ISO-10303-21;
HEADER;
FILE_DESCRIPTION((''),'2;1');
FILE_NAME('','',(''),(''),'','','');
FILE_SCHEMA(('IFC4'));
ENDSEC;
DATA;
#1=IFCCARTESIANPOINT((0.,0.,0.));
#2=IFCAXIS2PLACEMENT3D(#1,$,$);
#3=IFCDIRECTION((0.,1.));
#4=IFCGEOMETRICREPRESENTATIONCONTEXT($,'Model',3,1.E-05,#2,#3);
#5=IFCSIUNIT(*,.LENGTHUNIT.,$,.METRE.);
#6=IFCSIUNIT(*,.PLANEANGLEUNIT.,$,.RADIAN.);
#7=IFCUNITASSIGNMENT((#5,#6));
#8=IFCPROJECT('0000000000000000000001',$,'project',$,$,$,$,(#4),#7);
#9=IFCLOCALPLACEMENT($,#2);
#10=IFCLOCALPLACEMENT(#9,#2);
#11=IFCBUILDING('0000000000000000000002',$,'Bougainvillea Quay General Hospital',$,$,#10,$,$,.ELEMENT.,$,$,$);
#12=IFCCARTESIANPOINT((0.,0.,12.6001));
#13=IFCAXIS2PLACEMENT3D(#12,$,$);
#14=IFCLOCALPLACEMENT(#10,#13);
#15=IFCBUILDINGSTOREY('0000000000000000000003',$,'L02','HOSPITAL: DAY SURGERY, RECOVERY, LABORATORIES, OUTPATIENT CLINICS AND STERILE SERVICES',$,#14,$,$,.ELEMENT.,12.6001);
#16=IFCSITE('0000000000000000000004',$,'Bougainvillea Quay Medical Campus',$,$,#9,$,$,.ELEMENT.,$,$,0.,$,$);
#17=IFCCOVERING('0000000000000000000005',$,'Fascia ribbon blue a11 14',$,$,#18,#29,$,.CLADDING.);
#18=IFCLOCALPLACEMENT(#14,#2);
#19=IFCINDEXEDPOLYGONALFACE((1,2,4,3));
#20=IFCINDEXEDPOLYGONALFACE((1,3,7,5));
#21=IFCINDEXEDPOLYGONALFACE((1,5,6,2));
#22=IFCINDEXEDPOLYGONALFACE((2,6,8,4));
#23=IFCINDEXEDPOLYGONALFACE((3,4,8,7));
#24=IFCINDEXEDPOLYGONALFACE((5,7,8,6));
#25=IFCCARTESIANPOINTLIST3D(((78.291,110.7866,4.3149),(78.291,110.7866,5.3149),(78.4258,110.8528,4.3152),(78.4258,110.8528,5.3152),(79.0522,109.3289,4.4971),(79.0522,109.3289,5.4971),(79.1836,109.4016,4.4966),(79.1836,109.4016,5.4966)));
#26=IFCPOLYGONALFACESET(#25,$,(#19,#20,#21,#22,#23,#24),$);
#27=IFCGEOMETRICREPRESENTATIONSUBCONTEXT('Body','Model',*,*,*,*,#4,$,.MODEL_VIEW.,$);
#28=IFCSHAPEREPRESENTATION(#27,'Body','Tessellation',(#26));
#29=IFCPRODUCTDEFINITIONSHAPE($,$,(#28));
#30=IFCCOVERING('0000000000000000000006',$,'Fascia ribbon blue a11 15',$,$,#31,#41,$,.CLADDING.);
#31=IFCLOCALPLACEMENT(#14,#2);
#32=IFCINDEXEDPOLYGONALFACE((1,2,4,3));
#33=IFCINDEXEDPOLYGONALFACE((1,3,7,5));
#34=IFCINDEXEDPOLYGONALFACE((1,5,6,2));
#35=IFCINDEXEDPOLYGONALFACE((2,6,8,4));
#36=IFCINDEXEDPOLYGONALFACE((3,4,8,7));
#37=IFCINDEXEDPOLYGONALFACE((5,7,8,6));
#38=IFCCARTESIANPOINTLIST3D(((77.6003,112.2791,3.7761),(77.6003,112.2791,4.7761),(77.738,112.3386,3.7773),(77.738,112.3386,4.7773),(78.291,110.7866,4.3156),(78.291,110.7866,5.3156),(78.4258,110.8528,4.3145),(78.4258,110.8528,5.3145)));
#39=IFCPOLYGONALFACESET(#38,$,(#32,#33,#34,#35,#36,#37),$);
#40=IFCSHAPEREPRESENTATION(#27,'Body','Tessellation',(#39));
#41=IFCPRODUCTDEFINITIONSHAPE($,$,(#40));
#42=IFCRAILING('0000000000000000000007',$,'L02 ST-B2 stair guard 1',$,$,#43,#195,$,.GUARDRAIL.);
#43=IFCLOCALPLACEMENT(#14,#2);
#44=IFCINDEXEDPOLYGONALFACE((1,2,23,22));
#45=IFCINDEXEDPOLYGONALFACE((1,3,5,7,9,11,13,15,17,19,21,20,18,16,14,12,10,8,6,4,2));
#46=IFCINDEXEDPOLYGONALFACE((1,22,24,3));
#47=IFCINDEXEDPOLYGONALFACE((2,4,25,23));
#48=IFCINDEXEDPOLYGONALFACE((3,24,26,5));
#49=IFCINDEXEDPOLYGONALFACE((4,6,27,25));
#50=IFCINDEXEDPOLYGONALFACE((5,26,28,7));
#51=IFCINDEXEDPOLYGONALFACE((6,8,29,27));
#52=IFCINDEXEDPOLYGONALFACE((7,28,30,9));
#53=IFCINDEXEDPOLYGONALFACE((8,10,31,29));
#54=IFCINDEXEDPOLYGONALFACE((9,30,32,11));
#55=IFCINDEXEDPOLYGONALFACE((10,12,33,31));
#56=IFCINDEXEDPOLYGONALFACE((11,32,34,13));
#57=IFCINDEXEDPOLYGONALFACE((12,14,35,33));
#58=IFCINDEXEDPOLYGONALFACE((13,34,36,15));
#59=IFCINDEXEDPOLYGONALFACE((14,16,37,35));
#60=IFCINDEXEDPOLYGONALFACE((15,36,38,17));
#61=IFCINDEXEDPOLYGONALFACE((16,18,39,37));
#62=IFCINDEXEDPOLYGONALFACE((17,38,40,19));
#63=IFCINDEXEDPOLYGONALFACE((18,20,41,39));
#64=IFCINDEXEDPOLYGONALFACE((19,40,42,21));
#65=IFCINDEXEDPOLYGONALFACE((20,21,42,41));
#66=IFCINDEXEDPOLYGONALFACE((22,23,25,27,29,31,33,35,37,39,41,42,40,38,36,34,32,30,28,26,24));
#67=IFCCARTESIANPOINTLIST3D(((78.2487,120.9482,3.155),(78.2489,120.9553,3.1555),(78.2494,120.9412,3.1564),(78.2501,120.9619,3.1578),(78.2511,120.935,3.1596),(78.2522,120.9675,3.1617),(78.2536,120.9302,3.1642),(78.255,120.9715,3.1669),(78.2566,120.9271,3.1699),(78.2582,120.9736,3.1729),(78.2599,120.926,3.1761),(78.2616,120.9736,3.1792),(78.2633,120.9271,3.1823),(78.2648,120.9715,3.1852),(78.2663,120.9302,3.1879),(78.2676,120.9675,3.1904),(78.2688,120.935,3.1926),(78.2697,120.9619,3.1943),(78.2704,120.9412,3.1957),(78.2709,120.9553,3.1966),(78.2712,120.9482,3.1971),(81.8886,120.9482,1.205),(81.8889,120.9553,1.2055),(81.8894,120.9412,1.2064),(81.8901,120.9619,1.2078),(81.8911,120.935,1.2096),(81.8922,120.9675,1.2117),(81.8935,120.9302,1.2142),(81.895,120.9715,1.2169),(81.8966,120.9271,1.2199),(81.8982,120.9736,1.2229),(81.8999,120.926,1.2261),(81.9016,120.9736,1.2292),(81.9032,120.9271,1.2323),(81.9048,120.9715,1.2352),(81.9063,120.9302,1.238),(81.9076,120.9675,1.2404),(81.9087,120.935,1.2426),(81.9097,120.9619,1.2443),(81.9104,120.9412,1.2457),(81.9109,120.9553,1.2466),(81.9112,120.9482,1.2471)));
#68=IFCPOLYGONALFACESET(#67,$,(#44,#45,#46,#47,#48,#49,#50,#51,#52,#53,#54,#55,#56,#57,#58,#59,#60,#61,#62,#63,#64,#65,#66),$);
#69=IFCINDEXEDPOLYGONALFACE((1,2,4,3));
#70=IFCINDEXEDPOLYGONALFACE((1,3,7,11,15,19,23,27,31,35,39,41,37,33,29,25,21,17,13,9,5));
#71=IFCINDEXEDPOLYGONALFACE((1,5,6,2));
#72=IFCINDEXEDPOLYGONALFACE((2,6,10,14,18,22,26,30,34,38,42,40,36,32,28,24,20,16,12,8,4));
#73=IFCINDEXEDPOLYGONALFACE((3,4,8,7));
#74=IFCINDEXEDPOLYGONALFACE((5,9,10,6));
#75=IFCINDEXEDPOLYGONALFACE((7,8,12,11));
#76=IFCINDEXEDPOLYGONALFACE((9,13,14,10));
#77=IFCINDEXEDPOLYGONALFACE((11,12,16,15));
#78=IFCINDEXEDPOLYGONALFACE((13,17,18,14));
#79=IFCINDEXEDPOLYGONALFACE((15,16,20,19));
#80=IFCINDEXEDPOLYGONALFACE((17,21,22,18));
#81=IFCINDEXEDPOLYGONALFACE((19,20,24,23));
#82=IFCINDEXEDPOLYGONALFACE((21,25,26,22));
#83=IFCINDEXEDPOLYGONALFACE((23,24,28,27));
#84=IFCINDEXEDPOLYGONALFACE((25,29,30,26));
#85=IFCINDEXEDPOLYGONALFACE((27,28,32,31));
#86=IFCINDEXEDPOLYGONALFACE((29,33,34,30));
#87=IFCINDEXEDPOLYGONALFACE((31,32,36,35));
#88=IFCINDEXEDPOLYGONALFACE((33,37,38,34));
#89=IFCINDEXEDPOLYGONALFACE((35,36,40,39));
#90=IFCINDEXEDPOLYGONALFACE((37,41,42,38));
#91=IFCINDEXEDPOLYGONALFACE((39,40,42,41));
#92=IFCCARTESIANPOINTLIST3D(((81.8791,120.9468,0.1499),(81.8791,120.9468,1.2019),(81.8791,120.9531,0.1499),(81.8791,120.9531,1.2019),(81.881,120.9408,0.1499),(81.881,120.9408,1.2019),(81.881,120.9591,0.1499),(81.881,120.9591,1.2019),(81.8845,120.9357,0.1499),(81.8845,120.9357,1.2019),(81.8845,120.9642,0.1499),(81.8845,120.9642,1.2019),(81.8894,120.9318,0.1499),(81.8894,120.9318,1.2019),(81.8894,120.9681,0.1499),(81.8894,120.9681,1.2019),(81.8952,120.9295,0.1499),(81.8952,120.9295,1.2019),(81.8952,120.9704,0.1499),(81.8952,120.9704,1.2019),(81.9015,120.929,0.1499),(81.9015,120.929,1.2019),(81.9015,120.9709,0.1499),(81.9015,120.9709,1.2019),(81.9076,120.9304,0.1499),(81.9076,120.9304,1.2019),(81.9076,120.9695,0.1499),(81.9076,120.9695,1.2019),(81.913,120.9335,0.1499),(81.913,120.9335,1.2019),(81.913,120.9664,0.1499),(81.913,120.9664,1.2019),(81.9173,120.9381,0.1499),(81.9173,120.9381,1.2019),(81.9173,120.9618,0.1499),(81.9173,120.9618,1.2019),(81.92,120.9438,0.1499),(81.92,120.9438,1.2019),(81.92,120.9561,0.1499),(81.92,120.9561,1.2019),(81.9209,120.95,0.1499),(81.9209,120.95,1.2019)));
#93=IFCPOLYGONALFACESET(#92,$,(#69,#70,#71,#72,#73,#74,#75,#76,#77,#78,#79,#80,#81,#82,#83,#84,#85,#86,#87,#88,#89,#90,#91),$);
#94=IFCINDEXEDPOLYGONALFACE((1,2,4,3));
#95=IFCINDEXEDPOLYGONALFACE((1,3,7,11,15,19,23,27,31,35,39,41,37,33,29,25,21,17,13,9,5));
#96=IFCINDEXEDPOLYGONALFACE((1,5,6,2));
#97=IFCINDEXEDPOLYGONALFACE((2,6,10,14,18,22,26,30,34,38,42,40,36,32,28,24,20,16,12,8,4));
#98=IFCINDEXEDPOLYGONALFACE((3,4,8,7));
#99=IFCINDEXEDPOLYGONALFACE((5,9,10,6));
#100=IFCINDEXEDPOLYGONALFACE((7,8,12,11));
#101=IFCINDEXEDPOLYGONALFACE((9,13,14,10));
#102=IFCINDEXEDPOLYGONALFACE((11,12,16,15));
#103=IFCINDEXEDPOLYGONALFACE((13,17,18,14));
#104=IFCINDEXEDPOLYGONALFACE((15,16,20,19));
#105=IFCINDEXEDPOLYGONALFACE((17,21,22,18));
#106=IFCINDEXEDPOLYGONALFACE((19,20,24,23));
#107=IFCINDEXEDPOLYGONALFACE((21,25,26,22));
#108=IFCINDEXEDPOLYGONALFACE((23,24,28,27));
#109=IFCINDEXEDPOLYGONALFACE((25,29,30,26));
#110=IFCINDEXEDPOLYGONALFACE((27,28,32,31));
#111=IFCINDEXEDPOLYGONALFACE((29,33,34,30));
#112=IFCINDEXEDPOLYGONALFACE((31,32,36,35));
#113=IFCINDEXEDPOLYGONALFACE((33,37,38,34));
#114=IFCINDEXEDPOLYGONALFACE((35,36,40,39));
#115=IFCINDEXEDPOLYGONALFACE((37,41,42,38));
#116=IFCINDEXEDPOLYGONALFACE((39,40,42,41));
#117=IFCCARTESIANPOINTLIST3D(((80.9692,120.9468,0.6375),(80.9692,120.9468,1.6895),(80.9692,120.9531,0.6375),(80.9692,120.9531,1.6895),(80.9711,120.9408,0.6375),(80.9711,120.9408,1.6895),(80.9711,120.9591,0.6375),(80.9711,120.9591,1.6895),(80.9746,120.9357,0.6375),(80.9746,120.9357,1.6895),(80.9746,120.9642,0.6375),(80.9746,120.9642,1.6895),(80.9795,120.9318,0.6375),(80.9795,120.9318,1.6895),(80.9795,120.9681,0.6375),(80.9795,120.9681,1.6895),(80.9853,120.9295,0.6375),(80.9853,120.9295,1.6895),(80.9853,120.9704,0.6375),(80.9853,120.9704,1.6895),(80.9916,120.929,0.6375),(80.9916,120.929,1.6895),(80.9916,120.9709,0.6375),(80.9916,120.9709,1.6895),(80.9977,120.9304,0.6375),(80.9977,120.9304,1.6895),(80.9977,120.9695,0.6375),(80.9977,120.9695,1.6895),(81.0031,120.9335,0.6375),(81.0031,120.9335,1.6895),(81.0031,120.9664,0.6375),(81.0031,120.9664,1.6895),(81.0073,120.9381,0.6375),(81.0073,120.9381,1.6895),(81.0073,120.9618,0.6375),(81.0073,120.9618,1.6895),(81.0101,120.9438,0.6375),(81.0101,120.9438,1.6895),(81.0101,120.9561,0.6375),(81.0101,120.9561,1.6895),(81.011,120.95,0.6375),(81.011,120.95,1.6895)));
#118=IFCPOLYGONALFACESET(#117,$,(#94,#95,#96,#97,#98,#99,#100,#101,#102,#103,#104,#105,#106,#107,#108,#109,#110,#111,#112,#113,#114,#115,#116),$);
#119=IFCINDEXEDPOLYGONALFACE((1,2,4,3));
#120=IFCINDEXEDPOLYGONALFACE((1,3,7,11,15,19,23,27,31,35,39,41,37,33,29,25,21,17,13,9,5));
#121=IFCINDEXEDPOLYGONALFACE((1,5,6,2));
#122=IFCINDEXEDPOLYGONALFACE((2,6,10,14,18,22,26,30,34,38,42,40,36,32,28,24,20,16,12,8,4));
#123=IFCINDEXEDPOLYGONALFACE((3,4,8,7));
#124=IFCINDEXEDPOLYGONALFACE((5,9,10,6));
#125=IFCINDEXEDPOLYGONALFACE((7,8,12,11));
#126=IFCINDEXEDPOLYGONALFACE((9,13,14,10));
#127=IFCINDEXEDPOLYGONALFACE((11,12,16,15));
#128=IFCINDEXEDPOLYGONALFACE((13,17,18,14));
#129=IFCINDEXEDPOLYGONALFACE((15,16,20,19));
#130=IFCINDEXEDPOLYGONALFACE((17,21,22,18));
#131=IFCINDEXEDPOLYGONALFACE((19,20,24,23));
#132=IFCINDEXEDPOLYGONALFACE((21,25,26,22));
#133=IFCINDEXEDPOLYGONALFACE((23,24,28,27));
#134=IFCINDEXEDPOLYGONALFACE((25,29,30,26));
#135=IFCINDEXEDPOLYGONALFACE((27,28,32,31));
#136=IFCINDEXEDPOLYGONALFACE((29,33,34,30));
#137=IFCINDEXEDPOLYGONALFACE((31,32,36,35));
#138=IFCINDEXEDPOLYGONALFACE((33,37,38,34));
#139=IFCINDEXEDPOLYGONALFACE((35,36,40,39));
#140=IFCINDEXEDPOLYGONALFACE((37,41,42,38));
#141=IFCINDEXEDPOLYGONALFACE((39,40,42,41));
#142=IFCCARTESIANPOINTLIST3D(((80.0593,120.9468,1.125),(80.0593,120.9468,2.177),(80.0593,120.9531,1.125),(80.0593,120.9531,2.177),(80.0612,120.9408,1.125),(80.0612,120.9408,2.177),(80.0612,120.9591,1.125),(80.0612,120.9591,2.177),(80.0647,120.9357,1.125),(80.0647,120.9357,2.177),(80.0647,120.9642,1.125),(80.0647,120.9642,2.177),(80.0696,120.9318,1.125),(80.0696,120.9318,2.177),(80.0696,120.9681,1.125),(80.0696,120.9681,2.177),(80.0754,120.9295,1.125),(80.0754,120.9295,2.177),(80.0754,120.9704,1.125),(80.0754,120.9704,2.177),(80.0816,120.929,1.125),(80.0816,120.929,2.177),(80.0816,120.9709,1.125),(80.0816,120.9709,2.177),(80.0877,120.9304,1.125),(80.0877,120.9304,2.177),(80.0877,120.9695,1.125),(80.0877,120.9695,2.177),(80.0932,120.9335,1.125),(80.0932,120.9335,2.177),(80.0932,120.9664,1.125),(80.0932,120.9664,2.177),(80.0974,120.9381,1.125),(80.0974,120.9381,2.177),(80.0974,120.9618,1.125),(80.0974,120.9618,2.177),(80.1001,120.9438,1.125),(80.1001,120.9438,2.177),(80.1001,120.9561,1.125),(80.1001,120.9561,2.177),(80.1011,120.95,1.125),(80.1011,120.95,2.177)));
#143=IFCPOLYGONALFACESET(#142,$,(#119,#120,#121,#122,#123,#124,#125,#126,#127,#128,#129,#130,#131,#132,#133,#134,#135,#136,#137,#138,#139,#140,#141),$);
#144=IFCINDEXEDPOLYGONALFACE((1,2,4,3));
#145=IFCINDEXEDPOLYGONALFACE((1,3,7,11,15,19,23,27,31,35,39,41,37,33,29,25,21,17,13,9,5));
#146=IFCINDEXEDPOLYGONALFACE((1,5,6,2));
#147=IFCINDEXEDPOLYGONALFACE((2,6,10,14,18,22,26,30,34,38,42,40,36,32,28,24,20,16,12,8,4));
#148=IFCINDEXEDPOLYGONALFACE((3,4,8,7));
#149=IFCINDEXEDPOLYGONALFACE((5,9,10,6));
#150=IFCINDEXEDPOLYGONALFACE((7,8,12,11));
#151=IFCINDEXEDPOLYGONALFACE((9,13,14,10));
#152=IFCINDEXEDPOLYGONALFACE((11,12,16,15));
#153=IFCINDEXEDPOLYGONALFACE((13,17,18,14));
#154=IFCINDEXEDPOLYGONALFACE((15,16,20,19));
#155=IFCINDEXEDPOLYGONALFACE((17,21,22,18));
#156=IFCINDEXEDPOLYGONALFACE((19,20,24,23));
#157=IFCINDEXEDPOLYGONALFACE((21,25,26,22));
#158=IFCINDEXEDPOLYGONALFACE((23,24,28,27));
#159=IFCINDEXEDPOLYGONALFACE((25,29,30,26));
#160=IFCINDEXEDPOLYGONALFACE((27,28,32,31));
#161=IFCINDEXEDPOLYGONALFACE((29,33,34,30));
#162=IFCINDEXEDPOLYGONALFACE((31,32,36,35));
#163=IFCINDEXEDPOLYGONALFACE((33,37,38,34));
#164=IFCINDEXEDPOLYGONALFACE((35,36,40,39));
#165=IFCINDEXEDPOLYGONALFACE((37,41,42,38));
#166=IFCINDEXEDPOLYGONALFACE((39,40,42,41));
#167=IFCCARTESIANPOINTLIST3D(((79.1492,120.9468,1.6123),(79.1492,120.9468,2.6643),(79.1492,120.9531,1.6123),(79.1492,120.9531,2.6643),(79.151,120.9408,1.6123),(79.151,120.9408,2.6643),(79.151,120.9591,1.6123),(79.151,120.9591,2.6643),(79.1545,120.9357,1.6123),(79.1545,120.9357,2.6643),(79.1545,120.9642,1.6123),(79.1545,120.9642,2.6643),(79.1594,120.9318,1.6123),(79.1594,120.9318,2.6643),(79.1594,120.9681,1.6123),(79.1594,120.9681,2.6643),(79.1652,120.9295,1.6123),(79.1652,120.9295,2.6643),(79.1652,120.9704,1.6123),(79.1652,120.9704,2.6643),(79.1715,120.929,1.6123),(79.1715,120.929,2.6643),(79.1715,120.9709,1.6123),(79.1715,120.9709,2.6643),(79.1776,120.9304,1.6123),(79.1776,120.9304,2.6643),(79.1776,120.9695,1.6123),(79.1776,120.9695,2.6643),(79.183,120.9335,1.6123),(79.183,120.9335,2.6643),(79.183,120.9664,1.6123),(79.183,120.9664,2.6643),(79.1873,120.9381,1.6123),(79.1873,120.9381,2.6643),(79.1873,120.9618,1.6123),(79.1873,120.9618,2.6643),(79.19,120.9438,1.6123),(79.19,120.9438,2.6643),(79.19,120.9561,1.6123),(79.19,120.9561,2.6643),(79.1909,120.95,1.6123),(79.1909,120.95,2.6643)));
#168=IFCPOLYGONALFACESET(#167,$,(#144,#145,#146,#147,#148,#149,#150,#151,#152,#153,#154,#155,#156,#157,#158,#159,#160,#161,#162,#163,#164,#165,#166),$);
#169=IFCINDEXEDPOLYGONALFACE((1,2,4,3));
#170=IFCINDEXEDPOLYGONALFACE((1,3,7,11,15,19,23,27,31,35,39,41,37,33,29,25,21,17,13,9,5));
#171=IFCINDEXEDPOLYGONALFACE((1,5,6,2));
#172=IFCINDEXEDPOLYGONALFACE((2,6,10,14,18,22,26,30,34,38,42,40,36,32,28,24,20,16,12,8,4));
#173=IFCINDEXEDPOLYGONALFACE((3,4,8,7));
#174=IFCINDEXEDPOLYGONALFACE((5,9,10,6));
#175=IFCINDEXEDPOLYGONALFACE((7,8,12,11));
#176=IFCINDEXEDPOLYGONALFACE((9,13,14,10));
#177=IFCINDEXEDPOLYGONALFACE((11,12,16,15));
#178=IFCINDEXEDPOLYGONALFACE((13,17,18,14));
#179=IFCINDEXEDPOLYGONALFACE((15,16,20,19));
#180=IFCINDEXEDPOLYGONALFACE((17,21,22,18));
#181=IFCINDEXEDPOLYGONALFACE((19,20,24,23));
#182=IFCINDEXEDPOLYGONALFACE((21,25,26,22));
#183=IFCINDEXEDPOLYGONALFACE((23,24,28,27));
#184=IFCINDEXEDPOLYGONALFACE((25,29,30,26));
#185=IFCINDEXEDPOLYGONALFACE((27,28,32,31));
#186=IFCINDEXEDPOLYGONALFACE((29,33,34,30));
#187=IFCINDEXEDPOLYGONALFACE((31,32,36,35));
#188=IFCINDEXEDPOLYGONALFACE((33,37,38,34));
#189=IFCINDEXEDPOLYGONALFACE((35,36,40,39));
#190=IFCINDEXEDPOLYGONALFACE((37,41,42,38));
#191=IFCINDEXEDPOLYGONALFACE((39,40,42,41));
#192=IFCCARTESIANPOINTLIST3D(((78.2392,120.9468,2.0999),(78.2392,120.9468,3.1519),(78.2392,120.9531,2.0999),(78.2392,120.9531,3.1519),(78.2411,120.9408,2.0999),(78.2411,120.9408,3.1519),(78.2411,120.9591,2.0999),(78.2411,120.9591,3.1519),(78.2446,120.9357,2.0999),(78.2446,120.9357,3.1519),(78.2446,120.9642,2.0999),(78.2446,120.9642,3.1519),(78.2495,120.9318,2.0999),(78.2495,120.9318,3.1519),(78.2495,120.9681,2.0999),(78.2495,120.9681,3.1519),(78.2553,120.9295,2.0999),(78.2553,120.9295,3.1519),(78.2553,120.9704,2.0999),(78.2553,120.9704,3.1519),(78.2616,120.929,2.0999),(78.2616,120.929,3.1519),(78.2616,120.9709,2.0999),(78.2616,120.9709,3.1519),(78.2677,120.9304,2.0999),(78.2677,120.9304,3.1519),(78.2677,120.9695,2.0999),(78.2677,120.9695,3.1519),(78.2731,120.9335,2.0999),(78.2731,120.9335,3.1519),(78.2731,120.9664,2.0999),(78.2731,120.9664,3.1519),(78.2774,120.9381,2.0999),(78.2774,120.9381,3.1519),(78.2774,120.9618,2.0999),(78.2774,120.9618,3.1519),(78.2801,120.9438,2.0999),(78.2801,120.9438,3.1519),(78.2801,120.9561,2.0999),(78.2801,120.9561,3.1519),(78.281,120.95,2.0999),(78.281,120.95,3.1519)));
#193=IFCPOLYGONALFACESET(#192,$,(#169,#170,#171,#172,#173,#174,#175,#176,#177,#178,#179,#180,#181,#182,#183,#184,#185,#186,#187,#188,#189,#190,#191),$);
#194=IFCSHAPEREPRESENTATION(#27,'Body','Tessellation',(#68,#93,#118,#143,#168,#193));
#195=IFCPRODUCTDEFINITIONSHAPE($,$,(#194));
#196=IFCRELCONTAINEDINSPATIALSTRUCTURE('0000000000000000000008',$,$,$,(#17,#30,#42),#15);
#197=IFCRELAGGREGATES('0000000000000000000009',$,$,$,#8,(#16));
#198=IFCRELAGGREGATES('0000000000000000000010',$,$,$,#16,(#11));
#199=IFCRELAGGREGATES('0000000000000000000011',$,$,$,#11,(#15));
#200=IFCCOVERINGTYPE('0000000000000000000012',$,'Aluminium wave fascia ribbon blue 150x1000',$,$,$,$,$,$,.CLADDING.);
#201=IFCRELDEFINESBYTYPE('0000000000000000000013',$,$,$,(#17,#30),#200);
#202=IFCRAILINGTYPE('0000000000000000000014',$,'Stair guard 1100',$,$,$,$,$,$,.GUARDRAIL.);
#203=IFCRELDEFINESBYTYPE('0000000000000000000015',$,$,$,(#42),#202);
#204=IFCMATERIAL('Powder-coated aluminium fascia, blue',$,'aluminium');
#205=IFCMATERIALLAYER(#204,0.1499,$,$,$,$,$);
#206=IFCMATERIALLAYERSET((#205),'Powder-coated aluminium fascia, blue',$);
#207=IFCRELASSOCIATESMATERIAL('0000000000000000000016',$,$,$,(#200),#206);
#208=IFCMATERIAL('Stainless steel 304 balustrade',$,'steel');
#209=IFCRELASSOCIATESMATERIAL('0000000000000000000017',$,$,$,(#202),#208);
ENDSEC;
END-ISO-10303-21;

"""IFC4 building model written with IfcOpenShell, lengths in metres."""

from ifc_helpers import new_model, si_unit, direction, frame, origin, origin_2d, place, context, subcontext, project, spatial, polyline, circle, outline, extrude, material, layer, layer_set, type_object, element, save


model = new_model("IFC4")

# Units and contexts
model_context = context("Model", 3, precision=1e-05, world=origin(), true_north=direction((0.0, 1.0)))
body_context = subcontext(model_context, "Body", "Model", "MODEL_VIEW")
ifc_project = project(units=[si_unit("LENGTHUNIT", "METRE"), si_unit("PLANEANGLEUNIT", "RADIAN")], contexts=[model_context])

# Site, building, storey
site_placement = place(None, origin())
site = spatial("IfcSite", under=ifc_project, at=site_placement, Name="Bougainvillea Quay Medical Campus", CompositionType="ELEMENT", RefElevation=0.0)
building_placement = place(site_placement, origin())
building = spatial("IfcBuilding", under=site, at=building_placement, Name="Bougainvillea Quay General Hospital", CompositionType="ELEMENT")
storey_placement = place(building_placement, frame((0.0, 0.0, 12.6001)))
storey = spatial("IfcBuildingStorey", under=building, at=storey_placement, Name="L02", Description="HOSPITAL: DAY SURGERY, RECOVERY, LABORATORIES, OUTPATIENT CLINICS AND STERILE SERVICES", CompositionType="ELEMENT", Elevation=12.6001)

# Coverings
ifc_material_1 = material(Name="Powder-coated aluminium fascia, blue", Category="aluminium")
ifc_layer_1 = layer(ifc_material_1, 0.1499)
ifc_layer_set_1 = layer_set([ifc_layer_1], Name="Powder-coated aluminium fascia, blue")
covering_type = type_object("IfcCoveringType", Name="Aluminium wave fascia ribbon blue 150x1000", PredefinedType="CLADDING", material=ifc_layer_set_1)
covering_1_placement = place(storey_placement, frame((79.1836, 109.4016, 4.4966), z_axis=(-0.050234, 0.097977, 0.99392), x_axis=(-0.460078, 0.881026, -0.110101)))
element("IfcCovering", 1, at=covering_1_placement, inside=storey, type_object=covering_type, Name="Fascia ribbon blue a11 14", PredefinedType="CLADDING", context=body_context, shape_type="SweptSolid", body=[
    extrude(outline(polyline([(0.0, 0.0), (1.6471, 0.0), (1.6509, 0.1501), (-0.0037, 0.1501), (0.0, 0.0)])), origin(), (-0.110101, 0.00082, 0.99392), 1.0),
])
covering_2_placement = place(storey_placement, frame((78.4258, 110.8528, 4.3145), z_axis=(-0.130615, 0.283041, 0.950173), x_axis=(-0.399121, 0.862282, -0.311724)))
element("IfcCovering", 2, at=covering_2_placement, inside=storey, type_object=covering_type, Name="Fascia ribbon blue a11 15", PredefinedType="CLADDING", context=body_context, shape_type="SweptSolid", body=[
    extrude(outline(polyline([(0.0, 0.0), (1.7231, 0.0), (1.7271, 0.15), (-0.0036, 0.1501), (0.0, 0.0)])), origin(), (-0.311724, 0.000341, 0.950173), 1.0),
])

# Railing
ifc_material_2 = material(Name="Stainless steel 304 balustrade", Category="steel")
railing_type_1 = type_object("IfcRailingType", Name="Stair guard 1100", PredefinedType="GUARDRAIL", material=ifc_material_2)
railing_1_placement = place(storey_placement, frame((81.8999, 120.95, 0.1499)))
element("IfcRailing", 3, at=railing_1_placement, inside=storey, type_object=railing_type_1, Name="L02 ST-B2 stair guard 1", PredefinedType="GUARDRAIL", context=body_context, shape_type="SweptSolid", body=[
    extrude(circle(Radius=0.0239, at=origin_2d()), frame((0.0, 0.0, 1.0762), z_axis=(-0.881479, 0.0, 0.472223), x_axis=(0.0, -1.0, 0.0)), (0.0, 0.0, 1.0), 4.1294),
    extrude(circle(Radius=0.021, at=origin_2d()), origin(), (0.0, 0.0, 1.0), 1.052),
    extrude(circle(Radius=0.021, at=origin_2d()), frame((-0.9099, 0.0, 0.4875)), (0.0, 0.0, 1.0), 1.052),
    extrude(circle(Radius=0.021, at=origin_2d()), frame((-1.8198, 0.0, 0.9751)), (0.0, 0.0, 1.0), 1.052),
    extrude(circle(Radius=0.021, at=origin_2d()), frame((-2.73, 0.0, 1.4624)), (0.0, 0.0, 1.0), 1.052),
    extrude(circle(Radius=0.021, at=origin_2d()), frame((-3.6399, 0.0, 1.95)), (0.0, 0.0, 1.0), 1.052),
])

save(model, "model.ifc")
